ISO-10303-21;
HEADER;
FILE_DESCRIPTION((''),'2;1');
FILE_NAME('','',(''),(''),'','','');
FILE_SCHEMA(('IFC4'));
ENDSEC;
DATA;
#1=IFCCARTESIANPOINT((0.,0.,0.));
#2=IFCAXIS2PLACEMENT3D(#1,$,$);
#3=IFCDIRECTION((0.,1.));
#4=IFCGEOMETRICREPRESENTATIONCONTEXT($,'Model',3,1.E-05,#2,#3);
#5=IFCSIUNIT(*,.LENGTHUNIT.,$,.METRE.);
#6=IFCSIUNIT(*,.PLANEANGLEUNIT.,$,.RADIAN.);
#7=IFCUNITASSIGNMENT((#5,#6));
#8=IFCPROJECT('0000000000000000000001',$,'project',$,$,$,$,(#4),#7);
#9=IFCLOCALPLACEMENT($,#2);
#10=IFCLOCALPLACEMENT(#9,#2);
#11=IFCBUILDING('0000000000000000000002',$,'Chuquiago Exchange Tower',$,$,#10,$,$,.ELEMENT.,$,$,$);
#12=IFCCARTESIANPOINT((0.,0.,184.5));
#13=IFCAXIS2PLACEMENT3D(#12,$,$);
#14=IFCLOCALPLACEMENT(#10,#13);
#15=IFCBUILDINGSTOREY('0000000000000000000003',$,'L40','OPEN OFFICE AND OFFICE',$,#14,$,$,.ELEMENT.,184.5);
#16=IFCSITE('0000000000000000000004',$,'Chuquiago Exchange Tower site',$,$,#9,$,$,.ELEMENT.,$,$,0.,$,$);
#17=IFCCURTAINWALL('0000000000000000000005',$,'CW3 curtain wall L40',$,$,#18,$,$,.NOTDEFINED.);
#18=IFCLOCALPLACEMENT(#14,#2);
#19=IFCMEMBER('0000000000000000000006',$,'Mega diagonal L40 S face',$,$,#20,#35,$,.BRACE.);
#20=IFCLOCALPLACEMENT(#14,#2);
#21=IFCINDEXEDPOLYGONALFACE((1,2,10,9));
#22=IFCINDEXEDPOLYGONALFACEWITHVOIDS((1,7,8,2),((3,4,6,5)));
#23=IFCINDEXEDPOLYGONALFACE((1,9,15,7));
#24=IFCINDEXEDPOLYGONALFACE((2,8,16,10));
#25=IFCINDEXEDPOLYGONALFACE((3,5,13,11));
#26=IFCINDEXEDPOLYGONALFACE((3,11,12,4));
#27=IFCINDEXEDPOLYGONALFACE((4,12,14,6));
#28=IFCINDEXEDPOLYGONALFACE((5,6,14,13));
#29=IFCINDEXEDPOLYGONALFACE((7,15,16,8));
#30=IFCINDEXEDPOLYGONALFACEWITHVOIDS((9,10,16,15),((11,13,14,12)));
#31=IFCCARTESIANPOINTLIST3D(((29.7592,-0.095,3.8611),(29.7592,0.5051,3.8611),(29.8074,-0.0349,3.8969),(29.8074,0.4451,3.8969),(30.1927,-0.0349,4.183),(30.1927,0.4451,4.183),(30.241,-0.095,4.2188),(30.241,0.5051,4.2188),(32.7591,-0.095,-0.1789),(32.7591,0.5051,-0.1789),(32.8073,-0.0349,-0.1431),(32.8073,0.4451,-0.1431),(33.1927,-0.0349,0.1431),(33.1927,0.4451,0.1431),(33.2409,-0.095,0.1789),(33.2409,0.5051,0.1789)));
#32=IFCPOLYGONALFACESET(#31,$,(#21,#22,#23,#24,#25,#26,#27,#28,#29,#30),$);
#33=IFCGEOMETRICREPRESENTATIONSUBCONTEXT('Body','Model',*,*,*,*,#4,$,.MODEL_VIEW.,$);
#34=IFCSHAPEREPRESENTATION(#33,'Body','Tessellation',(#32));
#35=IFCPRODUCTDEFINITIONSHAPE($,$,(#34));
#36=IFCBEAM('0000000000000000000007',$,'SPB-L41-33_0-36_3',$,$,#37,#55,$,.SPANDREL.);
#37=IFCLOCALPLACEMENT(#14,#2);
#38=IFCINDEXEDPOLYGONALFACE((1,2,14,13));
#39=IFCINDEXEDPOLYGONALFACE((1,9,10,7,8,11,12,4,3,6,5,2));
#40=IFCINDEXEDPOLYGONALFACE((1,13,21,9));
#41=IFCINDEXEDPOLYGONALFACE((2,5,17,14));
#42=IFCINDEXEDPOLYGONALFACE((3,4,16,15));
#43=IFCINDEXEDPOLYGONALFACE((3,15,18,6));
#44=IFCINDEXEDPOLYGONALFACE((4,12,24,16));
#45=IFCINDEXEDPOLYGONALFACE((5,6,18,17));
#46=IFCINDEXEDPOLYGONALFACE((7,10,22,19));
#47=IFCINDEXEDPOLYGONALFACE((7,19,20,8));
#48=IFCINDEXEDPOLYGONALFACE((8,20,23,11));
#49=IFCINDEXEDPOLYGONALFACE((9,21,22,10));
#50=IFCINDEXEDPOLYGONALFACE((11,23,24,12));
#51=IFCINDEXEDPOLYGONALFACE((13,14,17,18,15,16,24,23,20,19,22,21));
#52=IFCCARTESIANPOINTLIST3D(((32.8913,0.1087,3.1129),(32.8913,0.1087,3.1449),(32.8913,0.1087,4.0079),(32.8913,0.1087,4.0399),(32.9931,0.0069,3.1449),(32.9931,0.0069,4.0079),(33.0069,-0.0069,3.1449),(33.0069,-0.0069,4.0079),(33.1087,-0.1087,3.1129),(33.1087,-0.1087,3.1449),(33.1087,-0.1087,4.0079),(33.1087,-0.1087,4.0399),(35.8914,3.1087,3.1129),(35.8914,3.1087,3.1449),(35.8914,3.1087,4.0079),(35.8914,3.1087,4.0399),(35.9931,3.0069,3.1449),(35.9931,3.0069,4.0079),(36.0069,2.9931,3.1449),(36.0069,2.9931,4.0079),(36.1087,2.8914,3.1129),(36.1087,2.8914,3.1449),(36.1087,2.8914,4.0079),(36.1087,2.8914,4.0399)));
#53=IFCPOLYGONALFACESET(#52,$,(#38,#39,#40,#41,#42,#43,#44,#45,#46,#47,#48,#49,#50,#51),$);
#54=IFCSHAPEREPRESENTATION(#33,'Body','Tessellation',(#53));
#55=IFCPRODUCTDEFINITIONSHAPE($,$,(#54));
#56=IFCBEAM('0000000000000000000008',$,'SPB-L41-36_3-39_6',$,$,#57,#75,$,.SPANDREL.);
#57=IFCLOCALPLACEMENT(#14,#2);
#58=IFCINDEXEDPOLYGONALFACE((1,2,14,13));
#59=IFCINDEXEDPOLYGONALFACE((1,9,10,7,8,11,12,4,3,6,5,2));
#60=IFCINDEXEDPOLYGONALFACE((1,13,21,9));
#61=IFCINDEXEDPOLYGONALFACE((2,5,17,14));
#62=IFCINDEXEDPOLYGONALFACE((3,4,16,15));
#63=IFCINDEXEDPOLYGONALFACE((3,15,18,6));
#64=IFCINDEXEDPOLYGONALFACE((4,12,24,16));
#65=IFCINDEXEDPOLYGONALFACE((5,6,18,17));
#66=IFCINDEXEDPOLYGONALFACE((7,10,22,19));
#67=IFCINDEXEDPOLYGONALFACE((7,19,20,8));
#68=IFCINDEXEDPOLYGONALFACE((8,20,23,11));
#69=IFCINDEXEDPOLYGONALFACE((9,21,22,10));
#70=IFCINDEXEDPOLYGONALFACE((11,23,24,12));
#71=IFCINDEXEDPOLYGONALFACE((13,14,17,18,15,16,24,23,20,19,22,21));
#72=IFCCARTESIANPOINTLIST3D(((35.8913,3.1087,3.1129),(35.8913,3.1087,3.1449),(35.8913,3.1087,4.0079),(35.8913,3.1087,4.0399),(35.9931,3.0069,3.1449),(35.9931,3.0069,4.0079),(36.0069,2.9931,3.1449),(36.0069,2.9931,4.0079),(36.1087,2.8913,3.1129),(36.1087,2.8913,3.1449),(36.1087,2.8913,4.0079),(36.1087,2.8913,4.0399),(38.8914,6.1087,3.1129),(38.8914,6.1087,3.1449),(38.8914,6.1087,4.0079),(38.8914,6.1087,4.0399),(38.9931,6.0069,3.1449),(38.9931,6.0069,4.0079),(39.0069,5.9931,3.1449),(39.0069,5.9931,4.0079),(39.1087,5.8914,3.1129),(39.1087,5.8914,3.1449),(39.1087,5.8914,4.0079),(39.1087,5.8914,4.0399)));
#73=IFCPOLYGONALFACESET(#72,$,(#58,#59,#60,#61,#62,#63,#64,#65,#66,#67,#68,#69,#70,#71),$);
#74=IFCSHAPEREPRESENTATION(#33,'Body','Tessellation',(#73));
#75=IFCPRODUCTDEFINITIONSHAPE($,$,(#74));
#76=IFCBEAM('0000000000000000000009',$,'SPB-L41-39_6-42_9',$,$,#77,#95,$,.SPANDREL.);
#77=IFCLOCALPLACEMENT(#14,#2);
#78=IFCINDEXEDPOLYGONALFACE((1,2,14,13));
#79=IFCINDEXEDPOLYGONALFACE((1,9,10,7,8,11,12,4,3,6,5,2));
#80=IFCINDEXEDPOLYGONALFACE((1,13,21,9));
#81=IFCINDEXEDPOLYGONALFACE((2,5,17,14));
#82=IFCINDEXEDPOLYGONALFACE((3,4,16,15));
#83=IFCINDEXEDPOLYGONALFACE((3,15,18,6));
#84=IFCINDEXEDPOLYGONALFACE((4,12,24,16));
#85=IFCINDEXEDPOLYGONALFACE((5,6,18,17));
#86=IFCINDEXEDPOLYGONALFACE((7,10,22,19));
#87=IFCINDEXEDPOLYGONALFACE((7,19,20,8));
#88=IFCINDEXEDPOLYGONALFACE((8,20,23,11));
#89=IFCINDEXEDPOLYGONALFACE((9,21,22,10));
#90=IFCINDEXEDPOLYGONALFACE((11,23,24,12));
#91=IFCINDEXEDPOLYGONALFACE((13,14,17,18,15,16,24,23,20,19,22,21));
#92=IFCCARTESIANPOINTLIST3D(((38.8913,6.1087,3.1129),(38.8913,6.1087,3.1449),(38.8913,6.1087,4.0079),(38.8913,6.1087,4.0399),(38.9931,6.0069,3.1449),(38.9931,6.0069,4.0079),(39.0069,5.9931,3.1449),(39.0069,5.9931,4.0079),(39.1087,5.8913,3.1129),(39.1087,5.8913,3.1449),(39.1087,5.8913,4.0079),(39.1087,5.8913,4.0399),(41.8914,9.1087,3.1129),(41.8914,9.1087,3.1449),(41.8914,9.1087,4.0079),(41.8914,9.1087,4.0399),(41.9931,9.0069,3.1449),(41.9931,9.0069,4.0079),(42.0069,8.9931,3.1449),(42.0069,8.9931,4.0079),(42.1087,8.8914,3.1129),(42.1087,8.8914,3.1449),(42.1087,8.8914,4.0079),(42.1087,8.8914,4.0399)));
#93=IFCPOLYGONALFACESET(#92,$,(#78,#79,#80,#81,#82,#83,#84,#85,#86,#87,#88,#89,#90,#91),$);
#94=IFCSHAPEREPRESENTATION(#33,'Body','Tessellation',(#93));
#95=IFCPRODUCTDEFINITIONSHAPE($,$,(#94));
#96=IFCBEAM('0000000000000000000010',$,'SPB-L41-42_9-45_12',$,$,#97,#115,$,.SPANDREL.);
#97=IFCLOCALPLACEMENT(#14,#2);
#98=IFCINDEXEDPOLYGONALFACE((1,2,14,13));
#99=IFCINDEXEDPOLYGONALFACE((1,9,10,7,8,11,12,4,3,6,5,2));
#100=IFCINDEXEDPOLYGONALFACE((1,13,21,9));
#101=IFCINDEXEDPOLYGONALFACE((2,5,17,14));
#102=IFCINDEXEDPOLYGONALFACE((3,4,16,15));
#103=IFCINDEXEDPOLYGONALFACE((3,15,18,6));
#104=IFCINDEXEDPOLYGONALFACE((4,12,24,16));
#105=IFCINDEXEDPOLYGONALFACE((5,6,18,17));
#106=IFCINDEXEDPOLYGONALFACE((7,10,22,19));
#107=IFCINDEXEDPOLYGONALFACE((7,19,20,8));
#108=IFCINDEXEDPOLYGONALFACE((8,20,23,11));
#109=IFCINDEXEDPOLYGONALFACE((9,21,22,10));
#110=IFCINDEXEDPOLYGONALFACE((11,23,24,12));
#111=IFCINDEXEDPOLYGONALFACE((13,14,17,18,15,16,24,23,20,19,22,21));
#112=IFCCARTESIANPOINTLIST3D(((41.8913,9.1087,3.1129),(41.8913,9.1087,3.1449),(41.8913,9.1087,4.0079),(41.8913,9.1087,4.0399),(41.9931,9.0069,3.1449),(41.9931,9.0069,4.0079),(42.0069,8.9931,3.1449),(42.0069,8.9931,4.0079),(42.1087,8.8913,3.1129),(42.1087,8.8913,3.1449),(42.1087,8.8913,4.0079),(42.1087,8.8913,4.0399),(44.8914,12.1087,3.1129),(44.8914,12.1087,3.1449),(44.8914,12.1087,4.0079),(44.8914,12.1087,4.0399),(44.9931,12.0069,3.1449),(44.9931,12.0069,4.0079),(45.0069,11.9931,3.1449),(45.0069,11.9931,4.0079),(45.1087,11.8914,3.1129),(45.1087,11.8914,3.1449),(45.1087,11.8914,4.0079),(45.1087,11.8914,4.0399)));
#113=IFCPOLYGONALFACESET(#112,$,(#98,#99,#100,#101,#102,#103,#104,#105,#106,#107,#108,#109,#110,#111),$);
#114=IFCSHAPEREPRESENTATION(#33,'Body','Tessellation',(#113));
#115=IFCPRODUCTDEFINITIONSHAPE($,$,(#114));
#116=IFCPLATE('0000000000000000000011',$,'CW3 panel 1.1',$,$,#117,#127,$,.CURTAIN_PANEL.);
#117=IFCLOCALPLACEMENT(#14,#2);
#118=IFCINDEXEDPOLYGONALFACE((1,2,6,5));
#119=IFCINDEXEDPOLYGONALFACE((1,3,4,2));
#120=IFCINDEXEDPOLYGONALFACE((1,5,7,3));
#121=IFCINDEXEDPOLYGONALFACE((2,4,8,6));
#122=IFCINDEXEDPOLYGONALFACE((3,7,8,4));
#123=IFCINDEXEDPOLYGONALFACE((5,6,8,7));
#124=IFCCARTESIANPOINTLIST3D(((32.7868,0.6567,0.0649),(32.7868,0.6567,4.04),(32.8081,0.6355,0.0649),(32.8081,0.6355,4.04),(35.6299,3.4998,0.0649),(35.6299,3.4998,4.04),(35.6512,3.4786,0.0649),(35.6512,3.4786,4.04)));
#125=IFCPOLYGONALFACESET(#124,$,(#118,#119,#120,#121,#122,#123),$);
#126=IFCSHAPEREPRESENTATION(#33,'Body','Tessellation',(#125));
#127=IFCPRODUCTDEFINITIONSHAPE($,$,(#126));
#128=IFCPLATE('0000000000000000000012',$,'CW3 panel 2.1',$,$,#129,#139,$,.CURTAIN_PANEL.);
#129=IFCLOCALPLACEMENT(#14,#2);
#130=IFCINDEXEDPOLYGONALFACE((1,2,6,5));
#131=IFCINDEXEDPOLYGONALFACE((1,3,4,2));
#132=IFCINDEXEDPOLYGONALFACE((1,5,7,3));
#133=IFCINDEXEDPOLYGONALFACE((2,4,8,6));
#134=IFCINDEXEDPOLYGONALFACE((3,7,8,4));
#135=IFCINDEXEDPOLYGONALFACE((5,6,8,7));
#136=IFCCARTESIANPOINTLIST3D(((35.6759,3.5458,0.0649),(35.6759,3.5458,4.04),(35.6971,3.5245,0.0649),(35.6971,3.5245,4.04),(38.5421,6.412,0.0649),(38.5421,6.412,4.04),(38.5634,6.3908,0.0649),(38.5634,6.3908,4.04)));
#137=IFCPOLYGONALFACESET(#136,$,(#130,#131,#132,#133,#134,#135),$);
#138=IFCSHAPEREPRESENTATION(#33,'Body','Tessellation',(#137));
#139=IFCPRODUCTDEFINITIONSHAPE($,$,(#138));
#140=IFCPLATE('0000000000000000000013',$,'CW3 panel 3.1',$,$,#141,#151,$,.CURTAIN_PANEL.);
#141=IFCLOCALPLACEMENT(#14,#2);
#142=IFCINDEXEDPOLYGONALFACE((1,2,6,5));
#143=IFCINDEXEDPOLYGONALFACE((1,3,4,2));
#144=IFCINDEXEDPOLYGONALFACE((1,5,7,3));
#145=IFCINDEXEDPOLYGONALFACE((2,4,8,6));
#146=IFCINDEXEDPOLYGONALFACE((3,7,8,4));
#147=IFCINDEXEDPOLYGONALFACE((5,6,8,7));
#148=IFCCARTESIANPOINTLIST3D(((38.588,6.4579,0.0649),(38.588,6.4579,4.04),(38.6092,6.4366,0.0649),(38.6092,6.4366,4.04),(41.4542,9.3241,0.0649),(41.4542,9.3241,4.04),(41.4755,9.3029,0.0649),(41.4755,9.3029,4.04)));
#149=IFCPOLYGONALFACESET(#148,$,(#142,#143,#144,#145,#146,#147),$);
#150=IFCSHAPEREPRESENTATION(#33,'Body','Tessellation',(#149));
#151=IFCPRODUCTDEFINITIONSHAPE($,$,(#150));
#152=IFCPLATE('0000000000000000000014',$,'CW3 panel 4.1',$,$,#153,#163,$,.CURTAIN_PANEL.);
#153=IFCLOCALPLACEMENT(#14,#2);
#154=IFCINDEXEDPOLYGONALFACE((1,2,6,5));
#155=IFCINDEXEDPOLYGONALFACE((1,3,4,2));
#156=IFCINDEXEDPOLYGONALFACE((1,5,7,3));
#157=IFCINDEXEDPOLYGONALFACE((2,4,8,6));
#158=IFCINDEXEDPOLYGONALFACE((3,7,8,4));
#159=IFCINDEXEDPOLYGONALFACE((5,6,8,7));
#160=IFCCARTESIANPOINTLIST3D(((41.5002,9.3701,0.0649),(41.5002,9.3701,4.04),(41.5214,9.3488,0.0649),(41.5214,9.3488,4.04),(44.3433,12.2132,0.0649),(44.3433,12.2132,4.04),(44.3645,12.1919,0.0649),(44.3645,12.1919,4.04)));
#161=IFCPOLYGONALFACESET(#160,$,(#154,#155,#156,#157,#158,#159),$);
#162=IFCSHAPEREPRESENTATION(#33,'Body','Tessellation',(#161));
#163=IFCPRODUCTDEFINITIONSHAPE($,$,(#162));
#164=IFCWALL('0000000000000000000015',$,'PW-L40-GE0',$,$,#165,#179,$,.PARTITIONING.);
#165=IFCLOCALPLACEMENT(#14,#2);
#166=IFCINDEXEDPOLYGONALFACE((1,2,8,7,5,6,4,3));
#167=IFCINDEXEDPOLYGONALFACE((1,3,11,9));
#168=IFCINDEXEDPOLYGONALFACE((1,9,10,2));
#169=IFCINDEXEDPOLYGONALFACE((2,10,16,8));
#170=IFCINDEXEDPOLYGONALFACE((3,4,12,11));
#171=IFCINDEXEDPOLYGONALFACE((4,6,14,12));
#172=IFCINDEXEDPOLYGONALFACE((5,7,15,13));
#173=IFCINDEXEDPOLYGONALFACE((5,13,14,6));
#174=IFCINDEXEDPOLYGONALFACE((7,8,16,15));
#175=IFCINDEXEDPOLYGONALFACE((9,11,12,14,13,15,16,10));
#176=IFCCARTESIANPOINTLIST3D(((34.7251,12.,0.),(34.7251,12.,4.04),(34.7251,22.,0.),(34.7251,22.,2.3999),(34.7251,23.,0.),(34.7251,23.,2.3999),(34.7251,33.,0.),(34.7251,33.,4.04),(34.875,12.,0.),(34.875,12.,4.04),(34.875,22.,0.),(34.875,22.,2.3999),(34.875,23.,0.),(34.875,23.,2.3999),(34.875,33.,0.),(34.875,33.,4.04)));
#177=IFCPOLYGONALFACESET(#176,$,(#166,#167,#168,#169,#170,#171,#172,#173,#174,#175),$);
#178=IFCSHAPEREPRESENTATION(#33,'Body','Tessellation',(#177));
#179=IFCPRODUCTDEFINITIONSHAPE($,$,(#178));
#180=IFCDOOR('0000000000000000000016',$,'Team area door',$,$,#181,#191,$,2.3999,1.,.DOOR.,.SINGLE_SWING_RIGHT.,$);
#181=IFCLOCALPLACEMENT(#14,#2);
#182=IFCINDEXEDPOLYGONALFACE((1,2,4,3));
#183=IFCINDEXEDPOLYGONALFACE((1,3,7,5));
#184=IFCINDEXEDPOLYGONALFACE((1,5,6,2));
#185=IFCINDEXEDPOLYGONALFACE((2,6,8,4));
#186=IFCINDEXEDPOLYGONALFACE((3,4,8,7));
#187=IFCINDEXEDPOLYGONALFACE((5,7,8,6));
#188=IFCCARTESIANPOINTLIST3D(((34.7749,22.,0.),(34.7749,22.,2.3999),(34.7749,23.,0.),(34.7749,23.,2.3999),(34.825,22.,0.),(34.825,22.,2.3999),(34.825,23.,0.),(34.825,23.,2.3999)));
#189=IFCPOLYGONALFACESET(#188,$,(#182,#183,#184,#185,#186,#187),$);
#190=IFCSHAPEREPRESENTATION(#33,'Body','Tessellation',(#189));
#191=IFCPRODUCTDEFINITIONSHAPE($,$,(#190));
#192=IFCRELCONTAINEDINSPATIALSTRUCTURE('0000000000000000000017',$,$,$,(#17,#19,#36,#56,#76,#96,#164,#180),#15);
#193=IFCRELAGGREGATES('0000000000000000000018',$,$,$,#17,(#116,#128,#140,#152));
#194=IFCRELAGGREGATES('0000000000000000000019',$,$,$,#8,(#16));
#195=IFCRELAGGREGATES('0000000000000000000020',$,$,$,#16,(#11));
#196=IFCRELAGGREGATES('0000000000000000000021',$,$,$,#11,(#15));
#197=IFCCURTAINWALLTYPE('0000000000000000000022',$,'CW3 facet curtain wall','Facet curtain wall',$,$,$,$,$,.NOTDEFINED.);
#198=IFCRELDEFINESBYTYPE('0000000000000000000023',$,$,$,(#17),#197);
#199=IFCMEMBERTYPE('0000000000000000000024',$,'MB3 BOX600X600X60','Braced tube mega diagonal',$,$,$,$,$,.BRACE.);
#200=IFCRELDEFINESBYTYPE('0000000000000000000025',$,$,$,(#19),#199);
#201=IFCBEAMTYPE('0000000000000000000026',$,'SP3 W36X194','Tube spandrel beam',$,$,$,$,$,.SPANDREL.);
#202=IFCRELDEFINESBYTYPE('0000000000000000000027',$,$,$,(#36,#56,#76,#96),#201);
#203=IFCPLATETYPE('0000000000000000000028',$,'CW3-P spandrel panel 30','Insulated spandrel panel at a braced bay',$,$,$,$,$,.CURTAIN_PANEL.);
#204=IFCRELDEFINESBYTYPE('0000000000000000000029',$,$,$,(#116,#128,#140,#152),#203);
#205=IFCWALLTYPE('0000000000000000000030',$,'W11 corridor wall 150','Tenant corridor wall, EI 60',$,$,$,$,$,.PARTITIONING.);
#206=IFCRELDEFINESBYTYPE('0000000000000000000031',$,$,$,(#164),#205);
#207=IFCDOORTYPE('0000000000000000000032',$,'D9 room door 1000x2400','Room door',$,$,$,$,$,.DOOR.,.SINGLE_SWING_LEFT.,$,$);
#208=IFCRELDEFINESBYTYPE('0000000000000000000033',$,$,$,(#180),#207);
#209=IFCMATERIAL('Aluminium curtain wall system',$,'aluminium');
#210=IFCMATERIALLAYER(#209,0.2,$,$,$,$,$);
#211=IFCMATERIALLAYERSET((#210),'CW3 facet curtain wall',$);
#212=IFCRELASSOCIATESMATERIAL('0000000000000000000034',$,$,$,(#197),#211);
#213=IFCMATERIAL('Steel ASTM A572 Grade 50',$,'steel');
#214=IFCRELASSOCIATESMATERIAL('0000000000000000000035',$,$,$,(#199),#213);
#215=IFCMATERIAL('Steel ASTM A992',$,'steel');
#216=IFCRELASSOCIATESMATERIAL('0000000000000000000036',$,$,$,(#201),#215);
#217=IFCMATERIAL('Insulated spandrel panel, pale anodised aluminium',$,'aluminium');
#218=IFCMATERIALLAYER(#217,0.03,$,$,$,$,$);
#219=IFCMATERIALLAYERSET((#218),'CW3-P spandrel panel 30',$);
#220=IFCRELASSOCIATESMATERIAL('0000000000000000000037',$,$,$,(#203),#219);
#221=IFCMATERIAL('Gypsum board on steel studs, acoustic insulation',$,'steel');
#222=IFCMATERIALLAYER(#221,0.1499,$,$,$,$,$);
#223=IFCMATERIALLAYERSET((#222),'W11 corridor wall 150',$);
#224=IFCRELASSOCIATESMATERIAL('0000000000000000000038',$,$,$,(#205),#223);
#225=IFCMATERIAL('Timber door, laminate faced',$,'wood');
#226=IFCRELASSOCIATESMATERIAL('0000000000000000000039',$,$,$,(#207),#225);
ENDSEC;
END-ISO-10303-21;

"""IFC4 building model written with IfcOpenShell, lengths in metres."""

from ifc_helpers import new_model, si_unit, direction, frame, frame_2d, origin, origin_2d, place, context, subcontext, project, spatial, rectangle, hollow_rectangle, i_section, extrude, material, layer, layer_set, material_profile, profile_set, type_object, element, fill, aggregate, save


model = new_model("IFC4")

# Units and contexts
model_context = context("Model", 3, precision=1e-05, world=origin(), true_north=direction((0.0, 1.0)))
body_context = subcontext(model_context, "Body", "Model", "MODEL_VIEW")
ifc_project = project(units=[si_unit("LENGTHUNIT", "METRE"), si_unit("PLANEANGLEUNIT", "RADIAN")], contexts=[model_context])

# Site, building, storey
site_placement = place(None, origin())
site = spatial("IfcSite", under=ifc_project, at=site_placement, Name="Chuquiago Exchange Tower site", CompositionType="ELEMENT", RefElevation=0.0)
building_placement = place(site_placement, origin())
building = spatial("IfcBuilding", under=site, at=building_placement, Name="Chuquiago Exchange Tower", CompositionType="ELEMENT")
storey_placement = place(building_placement, frame((0.0, 0.0, 184.5)))
storey = spatial("IfcBuildingStorey", under=building, at=storey_placement, Name="L40", Description="OPEN OFFICE AND OFFICE", CompositionType="ELEMENT", Elevation=184.5)

# Curtain wall
ifc_material_1 = material(Name="Aluminium curtain wall system", Category="aluminium")
ifc_layer_1 = layer(ifc_material_1, 0.2)
ifc_layer_set_1 = layer_set([ifc_layer_1], Name="CW3 facet curtain wall")
curtain_wall_type = type_object("IfcCurtainWallType", Name="CW3 facet curtain wall", Description="Facet curtain wall", PredefinedType="NOTDEFINED", material=ifc_layer_set_1)
curtain_wall_placement = place(storey_placement, origin())
curtain_wall = element("IfcCurtainWall", 1, at=curtain_wall_placement, inside=storey, type_object=curtain_wall_type, Name="CW3 curtain wall L40", PredefinedType="NOTDEFINED")

# Member
ifc_material_2 = material(Name="Steel ASTM A572 Grade 50", Category="steel")
ifc_material_profile_1 = material_profile(ifc_material_2, hollow_rectangle(XDim=0.6001, YDim=0.6001, WallThickness=0.0601, at=origin_2d()), Name="BOX600X600X60")
ifc_profile_set_1 = profile_set([ifc_material_profile_1], Name="Steel ASTM A572 Grade 50")
member_type_1 = type_object("IfcMemberType", Name="MB3 BOX600X600X60", Description="Braced tube mega diagonal", PredefinedType="BRACE", material=ifc_profile_set_1)
member_1_placement = place(storey_placement, frame((33.0, 0.2051, 0.0), z_axis=(-0.596174, 0.0, 0.802855), x_axis=(0.0, -1.0, 0.0)))
element("IfcMember", 2, at=member_1_placement, inside=storey, type_object=member_type_1, Name="Mega diagonal L40 S face", PredefinedType="BRACE", context=body_context, shape_type="SweptSolid", body=[
    extrude(hollow_rectangle(XDim=0.6001, YDim=0.6001, WallThickness=0.0601, at=origin_2d()), origin(), (0.0, 0.0, 1.0), 5.032),
])

# Beams
ifc_material_3 = material(Name="Steel ASTM A992", Category="steel")
ifc_material_profile_2 = material_profile(ifc_material_3, i_section(OverallWidth=0.3074, OverallDepth=0.927, WebThickness=0.0195, FlangeThickness=0.032, at=origin_2d()), Name="W36X194")
ifc_profile_set_2 = profile_set([ifc_material_profile_2], Name="Steel ASTM A992")
beam_type_1 = type_object("IfcBeamType", Name="SP3 W36X194", Description="Tube spandrel beam", PredefinedType="SPANDREL", material=ifc_profile_set_2)
for number, where, z_axis, x_axis, name in (
    (3, (33.0, 0.0, 3.5764), (0.707107, 0.707107, 0.0), (-0.707107, 0.707107, 0.0), "SPB-L41-33_0-36_3"),
    (4, (36.0, 3.0, 3.5764), (0.707107, 0.707107, 0.0), (-0.707107, 0.707107, 0.0), "SPB-L41-36_3-39_6"),
    (5, (39.0, 6.0, 3.5764), (0.707107, 0.707107, 0.0), (-0.707107, 0.707107, 0.0), "SPB-L41-39_6-42_9"),
    (6, (42.0, 9.0, 3.5764), (0.707107, 0.707107, 0.0), (-0.707107, 0.707107, 0.0), "SPB-L41-42_9-45_12"),
):
    element("IfcBeam", number, at=place(storey_placement, frame(where, z_axis=z_axis, x_axis=x_axis)), inside=storey, type_object=beam_type_1, Name=name, PredefinedType="SPANDREL", context=body_context, shape_type="SweptSolid", body=[
        extrude(i_section(OverallWidth=0.3074, OverallDepth=0.927, WebThickness=0.0195, FlangeThickness=0.032, at=origin_2d()), origin(), (0.0, 0.0, 1.0), 4.2427),
    ])

# Plates
ifc_material_4 = material(Name="Insulated spandrel panel, pale anodised aluminium", Category="aluminium")
ifc_layer_2 = layer(ifc_material_4, 0.03)
ifc_layer_set_2 = layer_set([ifc_layer_2], Name="CW3-P spandrel panel 30")
plate_type = type_object("IfcPlateType", Name="CW3-P spandrel panel 30", Description="Insulated spandrel panel at a braced bay", PredefinedType="CURTAIN_PANEL", material=ifc_layer_set_2)
plate_1_placement = place(storey_placement, frame((34.219, 2.0676, 0.0649), z_axis=(0.0, 0.0, 1.0), x_axis=(0.707107, 0.707107, 0.0)))
plate_1 = element("IfcPlate", 7, at=plate_1_placement, type_object=plate_type, Name="CW3 panel 1.1", PredefinedType="CURTAIN_PANEL", context=body_context, shape_type="SweptSolid", body=[
    extrude(rectangle(XDim=4.0208, YDim=0.03, at=origin_2d()), origin(), (0.0, 0.0, 1.0), 3.9751),
])
plate_2_placement = place(storey_placement, frame((37.1196, 4.9683, 0.0649), z_axis=(0.0, 0.0, 1.0), x_axis=(0.707107, 0.707107, 0.0)))
plate_2 = element("IfcPlate", 8, at=plate_2_placement, type_object=plate_type, Name="CW3 panel 2.1", PredefinedType="CURTAIN_PANEL", context=body_context, shape_type="SweptSolid", body=[
    extrude(rectangle(XDim=4.0535, YDim=0.03, at=origin_2d()), origin(), (0.0, 0.0, 1.0), 3.9751),
])
plate_3_placement = place(storey_placement, frame((40.0317, 7.8804, 0.0649), z_axis=(0.0, 0.0, 1.0), x_axis=(0.707107, 0.707107, 0.0)))
plate_3 = element("IfcPlate", 9, at=plate_3_placement, type_object=plate_type, Name="CW3 panel 3.1", PredefinedType="CURTAIN_PANEL", context=body_context, shape_type="SweptSolid", body=[
    extrude(rectangle(XDim=4.0535, YDim=0.03, at=origin_2d()), origin(), (0.0, 0.0, 1.0), 3.9751),
])
plate_4_placement = place(storey_placement, frame((42.9324, 10.781, 0.0649), z_axis=(0.0, 0.0, 1.0), x_axis=(0.707107, 0.707107, 0.0)))
plate_4 = element("IfcPlate", 10, at=plate_4_placement, type_object=plate_type, Name="CW3 panel 4.1", PredefinedType="CURTAIN_PANEL", context=body_context, shape_type="SweptSolid", body=[
    extrude(rectangle(XDim=4.0208, YDim=0.03, at=origin_2d()), origin(), (0.0, 0.0, 1.0), 3.9751),
])
aggregate(curtain_wall, [plate_1, plate_2, plate_3, plate_4])

# Wall, opening, door
ifc_material_5 = material(Name="Gypsum board on steel studs, acoustic insulation", Category="steel")
ifc_layer_3 = layer(ifc_material_5, 0.1499)
ifc_layer_set_3 = layer_set([ifc_layer_3], Name="W11 corridor wall 150")
wall_type = type_object("IfcWallType", Name="W11 corridor wall 150", Description="Tenant corridor wall, EI 60", PredefinedType="PARTITIONING", material=ifc_layer_set_3)
wall_1_placement = place(storey_placement, frame((34.8, 12.0, 0.0), z_axis=(0.0, 0.0, 1.0), x_axis=(0.0, 1.0, 0.0)))
wall_1 = element("IfcWall", 11, at=wall_1_placement, inside=storey, type_object=wall_type, Name="PW-L40-GE0", PredefinedType="PARTITIONING", context=body_context, shape_type="SweptSolid", body=[
    extrude(rectangle(XDim=21.0, YDim=0.1499, at=frame_2d((10.5, 0.0))), origin(), (0.0, 0.0, 1.0), 4.04),
])
opening_placement = place(wall_1_placement, frame((10.0, 0.0, 0.0)))
opening = element("IfcOpeningElement", 12, at=opening_placement, cuts=wall_1, PredefinedType="OPENING", context=body_context, shape_type="SweptSolid", body=[
    extrude(rectangle(XDim=1.0, YDim=2.3999, at=frame_2d((0.5, 1.2))), frame((0.0, 0.085, 0.0), z_axis=(0.0, -1.0, 0.0), x_axis=(1.0, 0.0, 0.0)), (0.0, 0.0, 1.0), 0.1699),
])
ifc_material_6 = material(Name="Timber door, laminate faced", Category="wood")
door_type = type_object("IfcDoorType", Name="D9 room door 1000x2400", Description="Room door", OperationType="SINGLE_SWING_LEFT", PredefinedType="DOOR", material=ifc_material_6)
door_placement = place(opening_placement, frame((1.0, 0.0, 0.0), z_axis=(0.0, 0.0, 1.0), x_axis=(-1.0, 0.0, 0.0)))
door = element("IfcDoor", 13, at=door_placement, inside=storey, type_object=door_type, Name="Team area door", OperationType="SINGLE_SWING_RIGHT", OverallHeight=2.3999, OverallWidth=1.0, PredefinedType="DOOR", context=body_context, shape_type="SweptSolid", body=[
    extrude(rectangle(XDim=1.0, YDim=2.3999, at=frame_2d((0.5, 1.2))), frame((0.0, 0.0249, 0.0), z_axis=(0.0, -1.0, 0.0), x_axis=(1.0, 0.0, 0.0)), (0.0, 0.0, 1.0), 0.05),
])
fill(opening, door)

save(model, "model.ifc")
